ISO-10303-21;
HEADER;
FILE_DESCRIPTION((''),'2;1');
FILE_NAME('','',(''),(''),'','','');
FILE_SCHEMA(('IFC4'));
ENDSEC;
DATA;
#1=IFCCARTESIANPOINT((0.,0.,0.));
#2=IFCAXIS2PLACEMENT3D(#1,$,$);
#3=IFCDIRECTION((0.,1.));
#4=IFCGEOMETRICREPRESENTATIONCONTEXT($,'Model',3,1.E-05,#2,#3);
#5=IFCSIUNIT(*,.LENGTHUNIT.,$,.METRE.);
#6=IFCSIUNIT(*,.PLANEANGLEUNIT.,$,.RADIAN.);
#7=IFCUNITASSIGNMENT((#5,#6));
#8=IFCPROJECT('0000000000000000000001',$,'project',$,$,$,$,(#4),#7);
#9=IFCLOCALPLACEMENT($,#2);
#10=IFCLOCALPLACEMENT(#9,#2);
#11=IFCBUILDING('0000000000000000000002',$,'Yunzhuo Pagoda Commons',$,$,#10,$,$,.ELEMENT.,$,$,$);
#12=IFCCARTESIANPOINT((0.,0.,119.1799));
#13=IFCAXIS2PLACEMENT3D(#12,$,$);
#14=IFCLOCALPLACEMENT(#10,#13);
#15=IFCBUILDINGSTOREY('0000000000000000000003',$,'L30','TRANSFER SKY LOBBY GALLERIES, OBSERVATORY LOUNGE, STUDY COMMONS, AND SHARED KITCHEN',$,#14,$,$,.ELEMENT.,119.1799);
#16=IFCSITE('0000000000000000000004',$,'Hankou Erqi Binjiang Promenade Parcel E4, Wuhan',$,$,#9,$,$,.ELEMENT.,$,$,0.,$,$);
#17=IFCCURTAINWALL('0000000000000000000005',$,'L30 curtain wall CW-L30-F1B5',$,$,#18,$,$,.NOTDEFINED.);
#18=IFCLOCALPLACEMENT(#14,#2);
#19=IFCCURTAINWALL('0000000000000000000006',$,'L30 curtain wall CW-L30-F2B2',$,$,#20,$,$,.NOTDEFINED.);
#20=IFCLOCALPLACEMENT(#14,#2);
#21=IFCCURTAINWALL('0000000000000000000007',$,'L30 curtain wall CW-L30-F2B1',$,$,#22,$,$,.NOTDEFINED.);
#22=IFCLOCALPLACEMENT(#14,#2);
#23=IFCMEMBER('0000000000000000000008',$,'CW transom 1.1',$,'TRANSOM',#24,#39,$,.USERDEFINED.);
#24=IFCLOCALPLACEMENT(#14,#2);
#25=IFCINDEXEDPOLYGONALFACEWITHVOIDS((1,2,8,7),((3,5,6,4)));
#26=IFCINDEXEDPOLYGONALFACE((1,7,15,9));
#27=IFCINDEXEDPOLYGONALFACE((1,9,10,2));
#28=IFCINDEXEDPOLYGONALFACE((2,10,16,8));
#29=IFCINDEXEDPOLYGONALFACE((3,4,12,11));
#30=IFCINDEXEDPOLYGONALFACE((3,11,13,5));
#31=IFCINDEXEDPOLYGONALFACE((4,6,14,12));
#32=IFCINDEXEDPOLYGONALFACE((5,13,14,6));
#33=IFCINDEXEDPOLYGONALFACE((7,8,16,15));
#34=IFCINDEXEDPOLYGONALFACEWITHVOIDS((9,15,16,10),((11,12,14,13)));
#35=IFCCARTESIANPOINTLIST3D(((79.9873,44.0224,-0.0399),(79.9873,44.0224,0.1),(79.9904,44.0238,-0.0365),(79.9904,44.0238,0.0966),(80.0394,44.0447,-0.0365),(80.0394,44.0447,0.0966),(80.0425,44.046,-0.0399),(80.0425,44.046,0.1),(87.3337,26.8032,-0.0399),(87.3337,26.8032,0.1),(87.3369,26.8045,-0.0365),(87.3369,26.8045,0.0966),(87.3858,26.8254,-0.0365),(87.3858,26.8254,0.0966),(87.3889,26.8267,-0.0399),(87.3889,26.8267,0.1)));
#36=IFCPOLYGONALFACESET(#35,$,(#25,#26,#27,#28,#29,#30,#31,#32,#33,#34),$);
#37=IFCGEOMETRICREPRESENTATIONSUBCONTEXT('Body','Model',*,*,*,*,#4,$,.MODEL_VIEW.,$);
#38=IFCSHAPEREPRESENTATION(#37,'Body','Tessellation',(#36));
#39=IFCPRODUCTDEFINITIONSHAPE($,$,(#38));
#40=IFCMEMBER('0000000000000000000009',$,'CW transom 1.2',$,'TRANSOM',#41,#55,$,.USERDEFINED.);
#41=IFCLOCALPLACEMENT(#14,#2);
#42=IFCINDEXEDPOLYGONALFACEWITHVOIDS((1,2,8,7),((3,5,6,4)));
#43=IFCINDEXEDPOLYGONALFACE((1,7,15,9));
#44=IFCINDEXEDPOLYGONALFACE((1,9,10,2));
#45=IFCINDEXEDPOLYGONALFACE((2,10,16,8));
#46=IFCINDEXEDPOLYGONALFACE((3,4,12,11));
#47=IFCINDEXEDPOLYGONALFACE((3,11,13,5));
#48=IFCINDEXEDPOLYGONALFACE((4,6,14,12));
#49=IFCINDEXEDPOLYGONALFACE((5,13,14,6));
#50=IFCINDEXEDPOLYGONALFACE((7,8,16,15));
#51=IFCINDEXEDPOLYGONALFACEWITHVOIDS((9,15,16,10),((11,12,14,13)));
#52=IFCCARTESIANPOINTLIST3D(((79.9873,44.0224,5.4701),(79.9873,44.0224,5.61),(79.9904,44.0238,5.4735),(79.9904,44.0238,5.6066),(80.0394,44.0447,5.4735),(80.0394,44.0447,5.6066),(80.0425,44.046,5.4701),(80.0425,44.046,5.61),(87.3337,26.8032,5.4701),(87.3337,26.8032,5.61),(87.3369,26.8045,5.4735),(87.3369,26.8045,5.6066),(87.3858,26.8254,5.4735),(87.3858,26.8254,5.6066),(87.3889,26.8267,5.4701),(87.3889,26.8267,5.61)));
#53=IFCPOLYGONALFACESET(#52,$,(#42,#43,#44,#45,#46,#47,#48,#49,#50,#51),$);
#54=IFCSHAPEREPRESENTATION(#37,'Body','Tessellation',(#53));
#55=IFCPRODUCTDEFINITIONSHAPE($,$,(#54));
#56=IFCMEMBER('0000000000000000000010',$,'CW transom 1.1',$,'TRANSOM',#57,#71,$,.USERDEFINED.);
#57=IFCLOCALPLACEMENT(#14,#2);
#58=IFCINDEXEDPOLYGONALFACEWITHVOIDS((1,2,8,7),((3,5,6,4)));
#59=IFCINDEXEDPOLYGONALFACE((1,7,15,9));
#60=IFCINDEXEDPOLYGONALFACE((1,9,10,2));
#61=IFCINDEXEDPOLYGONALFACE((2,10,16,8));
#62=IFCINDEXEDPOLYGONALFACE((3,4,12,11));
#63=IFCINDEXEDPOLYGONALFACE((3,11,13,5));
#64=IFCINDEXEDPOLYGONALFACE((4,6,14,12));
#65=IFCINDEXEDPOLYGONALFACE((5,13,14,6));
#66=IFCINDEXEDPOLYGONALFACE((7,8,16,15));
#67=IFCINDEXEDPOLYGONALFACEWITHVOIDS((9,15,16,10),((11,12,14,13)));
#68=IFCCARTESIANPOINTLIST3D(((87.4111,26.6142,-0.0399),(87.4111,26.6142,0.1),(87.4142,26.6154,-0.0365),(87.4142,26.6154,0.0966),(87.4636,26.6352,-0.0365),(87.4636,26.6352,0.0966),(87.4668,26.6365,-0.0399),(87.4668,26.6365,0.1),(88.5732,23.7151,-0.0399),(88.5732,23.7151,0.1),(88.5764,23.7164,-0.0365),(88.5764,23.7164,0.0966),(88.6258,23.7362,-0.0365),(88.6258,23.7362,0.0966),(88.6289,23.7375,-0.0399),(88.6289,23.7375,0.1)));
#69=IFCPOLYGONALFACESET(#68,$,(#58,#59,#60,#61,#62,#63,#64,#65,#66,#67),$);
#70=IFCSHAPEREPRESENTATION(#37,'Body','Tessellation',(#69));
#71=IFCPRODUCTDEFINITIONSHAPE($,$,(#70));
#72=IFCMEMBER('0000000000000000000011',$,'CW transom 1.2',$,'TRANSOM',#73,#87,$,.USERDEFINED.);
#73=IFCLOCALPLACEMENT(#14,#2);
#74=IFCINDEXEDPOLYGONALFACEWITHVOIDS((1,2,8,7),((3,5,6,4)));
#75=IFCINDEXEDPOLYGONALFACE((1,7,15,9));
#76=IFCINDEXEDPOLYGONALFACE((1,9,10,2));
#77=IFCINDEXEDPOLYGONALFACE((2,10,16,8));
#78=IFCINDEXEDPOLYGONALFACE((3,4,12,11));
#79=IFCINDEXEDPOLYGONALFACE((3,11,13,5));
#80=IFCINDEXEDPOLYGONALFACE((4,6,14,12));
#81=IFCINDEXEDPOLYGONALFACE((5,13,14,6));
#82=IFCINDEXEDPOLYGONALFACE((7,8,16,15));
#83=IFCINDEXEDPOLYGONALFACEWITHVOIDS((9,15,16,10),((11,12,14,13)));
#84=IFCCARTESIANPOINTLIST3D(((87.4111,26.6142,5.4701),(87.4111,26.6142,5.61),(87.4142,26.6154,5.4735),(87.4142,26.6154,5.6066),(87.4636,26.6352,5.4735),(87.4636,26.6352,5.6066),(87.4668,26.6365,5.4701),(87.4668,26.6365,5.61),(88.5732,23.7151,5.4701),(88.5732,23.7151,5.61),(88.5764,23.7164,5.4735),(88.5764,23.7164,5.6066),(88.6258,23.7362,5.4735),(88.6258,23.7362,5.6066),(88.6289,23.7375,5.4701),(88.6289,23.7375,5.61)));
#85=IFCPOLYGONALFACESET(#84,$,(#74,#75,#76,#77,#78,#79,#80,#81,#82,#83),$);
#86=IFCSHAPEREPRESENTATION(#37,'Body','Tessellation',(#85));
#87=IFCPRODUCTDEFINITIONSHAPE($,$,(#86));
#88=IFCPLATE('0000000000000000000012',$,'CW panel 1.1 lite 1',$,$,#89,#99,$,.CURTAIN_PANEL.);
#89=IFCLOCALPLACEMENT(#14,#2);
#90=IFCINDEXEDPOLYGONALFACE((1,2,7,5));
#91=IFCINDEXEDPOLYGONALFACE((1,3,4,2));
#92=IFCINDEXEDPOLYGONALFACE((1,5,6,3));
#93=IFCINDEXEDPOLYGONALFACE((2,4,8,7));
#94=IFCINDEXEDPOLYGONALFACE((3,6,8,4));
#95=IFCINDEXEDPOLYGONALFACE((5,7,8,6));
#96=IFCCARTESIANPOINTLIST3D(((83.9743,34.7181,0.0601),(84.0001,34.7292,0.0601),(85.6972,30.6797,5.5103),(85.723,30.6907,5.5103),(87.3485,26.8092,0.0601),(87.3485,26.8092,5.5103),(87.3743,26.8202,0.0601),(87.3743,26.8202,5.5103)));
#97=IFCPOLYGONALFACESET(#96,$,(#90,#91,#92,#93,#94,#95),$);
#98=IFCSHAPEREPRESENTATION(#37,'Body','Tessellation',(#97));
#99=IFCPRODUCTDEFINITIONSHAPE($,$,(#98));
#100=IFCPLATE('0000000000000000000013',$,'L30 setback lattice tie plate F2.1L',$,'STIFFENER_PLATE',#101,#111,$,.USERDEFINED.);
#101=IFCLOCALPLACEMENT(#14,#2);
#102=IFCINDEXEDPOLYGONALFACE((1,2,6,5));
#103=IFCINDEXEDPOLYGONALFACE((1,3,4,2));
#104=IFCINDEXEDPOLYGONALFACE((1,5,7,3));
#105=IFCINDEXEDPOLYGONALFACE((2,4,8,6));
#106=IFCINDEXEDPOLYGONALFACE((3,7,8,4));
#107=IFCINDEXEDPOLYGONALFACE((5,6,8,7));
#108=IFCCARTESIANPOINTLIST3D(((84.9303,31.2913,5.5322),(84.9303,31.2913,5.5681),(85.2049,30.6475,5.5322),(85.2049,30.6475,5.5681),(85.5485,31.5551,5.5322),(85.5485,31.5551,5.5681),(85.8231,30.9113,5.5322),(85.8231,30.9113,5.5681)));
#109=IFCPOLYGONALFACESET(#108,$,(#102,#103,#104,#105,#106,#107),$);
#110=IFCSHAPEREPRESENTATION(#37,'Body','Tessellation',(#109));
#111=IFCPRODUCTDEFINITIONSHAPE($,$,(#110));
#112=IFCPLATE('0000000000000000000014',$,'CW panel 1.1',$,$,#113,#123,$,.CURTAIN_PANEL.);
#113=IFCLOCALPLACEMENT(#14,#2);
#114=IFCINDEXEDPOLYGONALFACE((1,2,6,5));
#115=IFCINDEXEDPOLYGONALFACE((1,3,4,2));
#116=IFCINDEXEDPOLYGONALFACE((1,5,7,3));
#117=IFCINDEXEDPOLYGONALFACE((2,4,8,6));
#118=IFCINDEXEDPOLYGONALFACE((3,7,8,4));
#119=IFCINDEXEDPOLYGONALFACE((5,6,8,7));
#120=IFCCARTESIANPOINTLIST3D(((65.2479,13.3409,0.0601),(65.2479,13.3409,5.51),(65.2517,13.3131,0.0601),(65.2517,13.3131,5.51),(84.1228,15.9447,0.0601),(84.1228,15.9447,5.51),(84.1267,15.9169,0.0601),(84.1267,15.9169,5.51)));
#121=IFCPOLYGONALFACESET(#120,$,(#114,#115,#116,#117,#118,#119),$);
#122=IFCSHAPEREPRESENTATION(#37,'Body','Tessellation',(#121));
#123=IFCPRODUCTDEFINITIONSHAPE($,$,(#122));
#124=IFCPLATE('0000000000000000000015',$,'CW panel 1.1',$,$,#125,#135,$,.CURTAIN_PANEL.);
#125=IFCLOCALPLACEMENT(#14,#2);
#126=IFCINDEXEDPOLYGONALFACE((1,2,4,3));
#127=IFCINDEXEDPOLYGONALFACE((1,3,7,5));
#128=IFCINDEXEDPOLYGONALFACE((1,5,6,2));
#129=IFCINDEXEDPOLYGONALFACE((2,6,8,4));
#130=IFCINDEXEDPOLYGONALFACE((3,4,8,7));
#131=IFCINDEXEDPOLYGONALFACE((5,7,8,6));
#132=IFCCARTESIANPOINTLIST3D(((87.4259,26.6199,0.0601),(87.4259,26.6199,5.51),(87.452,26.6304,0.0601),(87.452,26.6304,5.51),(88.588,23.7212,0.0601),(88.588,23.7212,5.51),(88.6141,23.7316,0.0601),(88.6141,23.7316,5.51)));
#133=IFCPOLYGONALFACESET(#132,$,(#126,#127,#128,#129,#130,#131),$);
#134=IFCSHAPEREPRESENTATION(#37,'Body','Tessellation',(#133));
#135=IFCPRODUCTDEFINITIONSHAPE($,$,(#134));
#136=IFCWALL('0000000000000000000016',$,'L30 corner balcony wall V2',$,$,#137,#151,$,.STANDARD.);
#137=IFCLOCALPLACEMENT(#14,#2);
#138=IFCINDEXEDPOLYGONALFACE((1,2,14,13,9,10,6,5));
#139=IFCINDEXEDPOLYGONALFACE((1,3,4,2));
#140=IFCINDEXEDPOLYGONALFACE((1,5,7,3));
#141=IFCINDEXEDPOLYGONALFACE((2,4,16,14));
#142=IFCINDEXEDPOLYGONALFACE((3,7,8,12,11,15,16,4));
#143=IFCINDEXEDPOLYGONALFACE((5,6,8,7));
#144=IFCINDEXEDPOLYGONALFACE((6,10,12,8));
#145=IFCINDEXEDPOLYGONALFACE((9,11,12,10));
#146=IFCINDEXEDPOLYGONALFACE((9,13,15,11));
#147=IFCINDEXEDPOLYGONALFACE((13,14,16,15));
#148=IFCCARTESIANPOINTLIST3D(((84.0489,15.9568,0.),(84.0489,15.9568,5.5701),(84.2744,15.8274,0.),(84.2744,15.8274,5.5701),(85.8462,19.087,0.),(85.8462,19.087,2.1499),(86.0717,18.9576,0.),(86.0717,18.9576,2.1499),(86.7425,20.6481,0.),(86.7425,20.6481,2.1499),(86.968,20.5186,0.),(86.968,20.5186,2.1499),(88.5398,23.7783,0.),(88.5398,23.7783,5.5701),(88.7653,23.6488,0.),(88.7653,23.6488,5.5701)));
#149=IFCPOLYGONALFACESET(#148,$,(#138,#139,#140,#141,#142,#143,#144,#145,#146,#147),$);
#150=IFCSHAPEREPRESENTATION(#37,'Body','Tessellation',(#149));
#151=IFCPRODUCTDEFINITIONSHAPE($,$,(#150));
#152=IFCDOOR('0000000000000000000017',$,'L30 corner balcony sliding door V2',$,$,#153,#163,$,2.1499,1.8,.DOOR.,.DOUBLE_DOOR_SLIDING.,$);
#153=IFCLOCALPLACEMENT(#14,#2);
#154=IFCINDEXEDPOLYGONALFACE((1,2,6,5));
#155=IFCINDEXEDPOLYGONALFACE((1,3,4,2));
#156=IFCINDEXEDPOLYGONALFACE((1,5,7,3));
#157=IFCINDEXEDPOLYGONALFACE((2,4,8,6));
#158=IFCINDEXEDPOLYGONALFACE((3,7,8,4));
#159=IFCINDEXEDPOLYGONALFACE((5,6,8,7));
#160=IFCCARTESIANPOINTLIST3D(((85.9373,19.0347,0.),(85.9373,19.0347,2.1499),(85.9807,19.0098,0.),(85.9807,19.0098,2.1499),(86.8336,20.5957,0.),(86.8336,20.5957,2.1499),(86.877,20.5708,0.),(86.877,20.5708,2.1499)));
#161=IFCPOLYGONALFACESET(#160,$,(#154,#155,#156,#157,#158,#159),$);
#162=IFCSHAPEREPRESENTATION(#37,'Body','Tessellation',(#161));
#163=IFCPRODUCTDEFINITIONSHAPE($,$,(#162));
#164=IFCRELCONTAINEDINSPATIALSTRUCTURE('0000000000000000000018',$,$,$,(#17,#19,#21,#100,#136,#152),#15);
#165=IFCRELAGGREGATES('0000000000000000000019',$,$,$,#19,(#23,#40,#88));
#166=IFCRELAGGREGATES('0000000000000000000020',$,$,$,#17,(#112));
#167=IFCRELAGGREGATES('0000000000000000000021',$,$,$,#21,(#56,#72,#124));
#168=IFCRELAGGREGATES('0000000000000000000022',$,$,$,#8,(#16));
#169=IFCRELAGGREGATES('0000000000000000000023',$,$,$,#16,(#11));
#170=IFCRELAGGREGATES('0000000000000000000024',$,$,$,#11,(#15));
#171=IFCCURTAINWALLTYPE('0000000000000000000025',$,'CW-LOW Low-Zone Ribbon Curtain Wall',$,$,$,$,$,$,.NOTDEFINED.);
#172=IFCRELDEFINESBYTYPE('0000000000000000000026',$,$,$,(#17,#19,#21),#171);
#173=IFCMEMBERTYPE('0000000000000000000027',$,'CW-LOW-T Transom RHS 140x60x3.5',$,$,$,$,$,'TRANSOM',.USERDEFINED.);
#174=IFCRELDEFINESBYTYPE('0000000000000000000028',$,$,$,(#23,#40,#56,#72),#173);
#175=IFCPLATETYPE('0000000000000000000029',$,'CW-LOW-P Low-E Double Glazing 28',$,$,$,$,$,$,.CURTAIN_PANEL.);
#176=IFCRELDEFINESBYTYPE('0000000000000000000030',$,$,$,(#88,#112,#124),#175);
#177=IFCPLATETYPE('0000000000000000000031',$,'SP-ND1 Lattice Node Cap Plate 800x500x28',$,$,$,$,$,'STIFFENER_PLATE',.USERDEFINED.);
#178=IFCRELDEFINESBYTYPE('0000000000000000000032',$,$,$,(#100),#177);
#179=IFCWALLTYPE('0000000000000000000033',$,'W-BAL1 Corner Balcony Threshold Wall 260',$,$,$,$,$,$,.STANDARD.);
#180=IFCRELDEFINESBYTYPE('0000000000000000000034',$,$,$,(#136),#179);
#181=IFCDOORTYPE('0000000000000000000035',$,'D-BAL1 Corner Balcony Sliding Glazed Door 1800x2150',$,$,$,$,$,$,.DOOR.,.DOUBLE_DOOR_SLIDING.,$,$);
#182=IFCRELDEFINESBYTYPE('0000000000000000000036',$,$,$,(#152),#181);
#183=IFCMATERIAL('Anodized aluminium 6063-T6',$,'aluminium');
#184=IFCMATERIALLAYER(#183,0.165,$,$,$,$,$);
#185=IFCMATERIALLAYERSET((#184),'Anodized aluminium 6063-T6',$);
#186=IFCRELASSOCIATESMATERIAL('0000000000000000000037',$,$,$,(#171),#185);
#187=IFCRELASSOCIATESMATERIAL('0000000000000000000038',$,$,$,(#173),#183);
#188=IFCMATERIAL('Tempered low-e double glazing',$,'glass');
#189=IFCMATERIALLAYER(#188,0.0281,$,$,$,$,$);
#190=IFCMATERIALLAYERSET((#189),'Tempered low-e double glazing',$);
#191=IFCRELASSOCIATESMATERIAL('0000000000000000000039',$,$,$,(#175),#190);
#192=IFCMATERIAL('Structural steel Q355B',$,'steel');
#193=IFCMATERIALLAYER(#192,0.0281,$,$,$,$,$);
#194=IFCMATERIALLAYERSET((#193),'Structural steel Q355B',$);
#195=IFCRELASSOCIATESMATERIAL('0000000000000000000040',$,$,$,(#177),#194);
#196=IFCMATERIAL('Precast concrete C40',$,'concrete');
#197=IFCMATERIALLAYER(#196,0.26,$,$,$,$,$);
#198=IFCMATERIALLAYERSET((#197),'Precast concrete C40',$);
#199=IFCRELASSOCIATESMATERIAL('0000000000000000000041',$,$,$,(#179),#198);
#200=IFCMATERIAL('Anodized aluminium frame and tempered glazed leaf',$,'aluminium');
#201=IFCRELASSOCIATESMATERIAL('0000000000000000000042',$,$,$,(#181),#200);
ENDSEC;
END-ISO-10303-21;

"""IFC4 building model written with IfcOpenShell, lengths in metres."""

from ifc_helpers import new_model, si_unit, direction, frame, frame_2d, origin, origin_with_axes, origin_2d, place, context, subcontext, project, spatial, polyline, rectangle, hollow_rectangle, outline, extrude, source, transform, mapped, material, layer, layer_set, material_profile, profile_set, type_object, element, fill, aggregate, save


model = new_model("IFC4")

# Units and contexts
model_context = context("Model", 3, precision=1e-05, world=origin(), true_north=direction((0.0, 1.0)))
body_context = subcontext(model_context, "Body", "Model", "MODEL_VIEW")
ifc_project = project(units=[si_unit("LENGTHUNIT", "METRE"), si_unit("PLANEANGLEUNIT", "RADIAN")], contexts=[model_context])

# Site, building, storey
site_placement = place(None, origin())
site = spatial("IfcSite", under=ifc_project, at=site_placement, Name="Hankou Erqi Binjiang Promenade Parcel E4, Wuhan", CompositionType="ELEMENT", RefElevation=0.0)
building_placement = place(site_placement, origin())
building = spatial("IfcBuilding", under=site, at=building_placement, Name="Yunzhuo Pagoda Commons", CompositionType="ELEMENT")
storey_placement = place(building_placement, frame((0.0, 0.0, 119.1799)))
storey = spatial("IfcBuildingStorey", under=building, at=storey_placement, Name="L30", Description="TRANSFER SKY LOBBY GALLERIES, OBSERVATORY LOUNGE, STUDY COMMONS, AND SHARED KITCHEN", CompositionType="ELEMENT", Elevation=119.1799)

# Shared definitions
ifc_material_1 = material(Name="Structural steel Q355B", Category="steel")

# Curtain walls
ifc_material_2 = material(Name="Anodized aluminium 6063-T6", Category="aluminium")
ifc_layer_1 = layer(ifc_material_2, 0.165)
ifc_layer_set_1 = layer_set([ifc_layer_1], Name="Anodized aluminium 6063-T6")
curtain_wall_type = type_object("IfcCurtainWallType", Name="CW-LOW Low-Zone Ribbon Curtain Wall", PredefinedType="NOTDEFINED", material=ifc_layer_set_1)
curtain_wall_1_placement = place(storey_placement, origin())
curtain_wall_1 = element("IfcCurtainWall", 1, at=curtain_wall_1_placement, inside=storey, type_object=curtain_wall_type, Name="L30 curtain wall CW-L30-F1B5", PredefinedType="NOTDEFINED")
curtain_wall_2_placement = place(storey_placement, origin())
curtain_wall_2 = element("IfcCurtainWall", 2, at=curtain_wall_2_placement, inside=storey, type_object=curtain_wall_type, Name="L30 curtain wall CW-L30-F2B2", PredefinedType="NOTDEFINED")

# Curtain wall
curtain_wall_3_placement = place(storey_placement, origin())
curtain_wall_3 = element("IfcCurtainWall", 3, at=curtain_wall_3_placement, inside=storey, type_object=curtain_wall_type, Name="L30 curtain wall CW-L30-F2B1", PredefinedType="NOTDEFINED")

# Members
ifc_material_profile_1 = material_profile(ifc_material_2, hollow_rectangle(XDim=0.0601, YDim=0.1399, WallThickness=0.0034, at=origin_2d()), Name="Anodized aluminium 6063-T6")
ifc_profile_set_1 = profile_set([ifc_material_profile_1], Name="Anodized aluminium 6063-T6")
member_type_1 = type_object("IfcMemberType", Name="CW-LOW-T Transom RHS 140x60x3.5", ElementType="TRANSOM", PredefinedType="USERDEFINED", material=ifc_profile_set_1)
shared_shape_1 = source(origin(), body_context, "Body", "SweptSolid", [
    extrude(hollow_rectangle(XDim=0.0601, YDim=0.1399, WallThickness=0.0034, at=origin_2d()), origin(), (0.0, 0.0, 1.0), 18.7209),
])
member_1_placement = place(storey_placement, frame((87.3613, 26.8149, 0.03), z_axis=(-0.392419, 0.919787, 0.0), x_axis=(-0.919787, -0.392419, 0.0)))
member_1 = element("IfcMember", 4, at=member_1_placement, type_object=member_type_1, Name="CW transom 1.1", ObjectType="TRANSOM", PredefinedType="USERDEFINED", context=body_context, shape_type="MappedRepresentation", body=[
    mapped(shared_shape_1, transform((0.0, 0.0, 0.0), scale=1.0)),
])
member_2_placement = place(storey_placement, frame((87.3613, 26.8149, 5.54), z_axis=(-0.392419, 0.919787, 0.0), x_axis=(-0.919787, -0.392419, 0.0)))
member_2 = element("IfcMember", 5, at=member_2_placement, type_object=member_type_1, Name="CW transom 1.2", ObjectType="TRANSOM", PredefinedType="USERDEFINED", context=body_context, shape_type="MappedRepresentation", body=[
    mapped(shared_shape_1, transform((0.0, 0.0, 0.0), scale=1.0)),
])
shared_shape_2 = source(origin(), body_context, "Body", "SweptSolid", [
    extrude(hollow_rectangle(XDim=0.0601, YDim=0.1399, WallThickness=0.0034, at=origin_2d()), origin(), (0.0, 0.0, 1.0), 3.1233),
])
member_3_placement = place(storey_placement, frame((88.6011, 23.7263, 0.03), z_axis=(-0.372091, 0.928196, 0.0), x_axis=(-0.928196, -0.372091, 0.0)))
member_3 = element("IfcMember", 6, at=member_3_placement, type_object=member_type_1, Name="CW transom 1.1", ObjectType="TRANSOM", PredefinedType="USERDEFINED", context=body_context, shape_type="MappedRepresentation", body=[
    mapped(shared_shape_2, transform((0.0, 0.0, 0.0), scale=1.0)),
])
member_4_placement = place(storey_placement, frame((88.6011, 23.7263, 5.54), z_axis=(-0.372091, 0.928196, 0.0), x_axis=(-0.928196, -0.372091, 0.0)))
member_4 = element("IfcMember", 7, at=member_4_placement, type_object=member_type_1, Name="CW transom 1.2", ObjectType="TRANSOM", PredefinedType="USERDEFINED", context=body_context, shape_type="MappedRepresentation", body=[
    mapped(shared_shape_2, transform((0.0, 0.0, 0.0), scale=1.0)),
])

# Plates
ifc_material_3 = material(Name="Tempered low-e double glazing", Category="glass")
ifc_layer_2 = layer(ifc_material_3, 0.0281)
ifc_layer_set_2 = layer_set([ifc_layer_2], Name="Tempered low-e double glazing")
plate_type_1 = type_object("IfcPlateType", Name="CW-LOW-P Low-E Double Glazing 28", PredefinedType="CURTAIN_PANEL", material=ifc_layer_set_2)
plate_1_placement = place(storey_placement, frame((85.6614, 30.7637, 2.7852), z_axis=(0.919788, 0.392415, 0.0), x_axis=(-0.392415, 0.919788, 0.0)))
plate_1 = element("IfcPlate", 8, at=plate_1_placement, type_object=plate_type_1, Name="CW panel 1.1 lite 1", PredefinedType="CURTAIN_PANEL", context=body_context, shape_type="SweptSolid", body=[
    extrude(outline(polyline([(-4.2993, -2.7251), (4.2993, -2.7251), (-0.0913, 2.7251), (-4.2993, 2.7251), (-4.2993, -2.7251)])), origin(), (0.0, 0.0, 1.0), 0.0281),
])
aggregate(curtain_wall_2, [member_1, member_2, plate_1])
ifc_layer_3 = layer(ifc_material_1, 0.0281)
ifc_layer_set_3 = layer_set([ifc_layer_3], Name="Structural steel Q355B")
plate_type_2 = type_object("IfcPlateType", Name="SP-ND1 Lattice Node Cap Plate 800x500x28", ElementType="STIFFENER_PLATE", PredefinedType="USERDEFINED", material=ifc_layer_set_3)
shared_shape_3 = source(origin(), body_context, "Body", "SweptSolid", [
    extrude(rectangle(XDim=0.7, YDim=0.6721, at=origin_2d()), origin(), (0.0, 0.0, 1.0), 0.0359),
])
plate_2_placement = place(storey_placement, frame((85.3767, 31.1013, 5.5322), z_axis=(0.0, 0.0, 1.0), x_axis=(-0.392417, 0.919787, 0.0)))
element("IfcPlate", 9, at=plate_2_placement, inside=storey, type_object=plate_type_2, Name="L30 setback lattice tie plate F2.1L", ObjectType="STIFFENER_PLATE", PredefinedType="USERDEFINED", context=body_context, shape_type="MappedRepresentation", body=[
    mapped(shared_shape_3, transform((0.0, 0.0, 0.0), scale=1.0)),
])
shared_shape_4 = source(origin(), body_context, "Body", "SweptSolid", [
    extrude(rectangle(XDim=19.0537, YDim=0.0281, at=origin_2d()), origin(), (0.0, 0.0, 1.0), 5.45),
])
plate_3_placement = place(storey_placement, frame((74.6873, 14.6289, 0.0601), z_axis=(0.0, 0.0, 1.0), x_axis=(0.990618, 0.136657, 0.0)))
plate_3 = element("IfcPlate", 10, at=plate_3_placement, type_object=plate_type_1, Name="CW panel 1.1", PredefinedType="CURTAIN_PANEL", context=body_context, shape_type="MappedRepresentation", body=[
    mapped(shared_shape_4, transform((0.0, 0.0, 0.0), scale=1.0)),
])
aggregate(curtain_wall_1, [plate_3])
shared_shape_5 = source(origin(), body_context, "Body", "SweptSolid", [
    extrude(rectangle(XDim=3.123, YDim=0.0281, at=origin_2d()), origin(), (0.0, 0.0, 1.0), 5.45),
])
plate_4_placement = place(storey_placement, frame((88.02, 25.1758, 0.0601), z_axis=(0.0, 0.0, 1.0), x_axis=(-0.372106, 0.92819, 0.0)))
plate_4 = element("IfcPlate", 11, at=plate_4_placement, type_object=plate_type_1, Name="CW panel 1.1", PredefinedType="CURTAIN_PANEL", context=body_context, shape_type="MappedRepresentation", body=[
    mapped(shared_shape_5, transform((0.0, 0.0, 0.0), scale=1.0)),
])
aggregate(curtain_wall_3, [member_3, member_4, plate_4])

# Wall, opening, door
ifc_material_4 = material(Name="Precast concrete C40", Category="concrete")
ifc_layer_4 = layer(ifc_material_4, 0.26)
ifc_layer_set_4 = layer_set([ifc_layer_4], Name="Precast concrete C40")
wall_type = type_object("IfcWallType", Name="W-BAL1 Corner Balcony Threshold Wall 260", PredefinedType="STANDARD", material=ifc_layer_set_4)
wall_placement = place(storey_placement, frame((84.1616, 15.8921, 0.0), z_axis=(0.0, 0.0, 1.0), x_axis=(0.497937, 0.867213, 0.0)))
wall = element("IfcWall", 12, at=wall_placement, inside=storey, type_object=wall_type, Name="L30 corner balcony wall V2", PredefinedType="STANDARD", context=body_context, shape_type="SweptSolid", body=[
    extrude(rectangle(XDim=9.019, YDim=0.26, at=frame_2d((4.5095, 0.0))), origin(), (0.0, 0.0, 1.0), 5.5701),
])
opening_placement = place(wall_placement, frame((3.6096, 0.0, 0.0)))
opening = element("IfcOpeningElement", 13, at=opening_placement, cuts=wall, PredefinedType="OPENING", context=body_context, shape_type="SweptSolid", body=[
    extrude(rectangle(XDim=1.8, YDim=2.1499, at=frame_2d((0.8999, 1.075))), frame((0.0, 0.1401, 0.0), z_axis=(0.0, -1.0, 0.0), x_axis=(1.0, 0.0, 0.0)), (0.0, 0.0, 1.0), 0.28),
])
ifc_material_5 = material(Name="Anodized aluminium frame and tempered glazed leaf", Category="aluminium")
door_type = type_object("IfcDoorType", Name="D-BAL1 Corner Balcony Sliding Glazed Door 1800x2150", OperationType="DOUBLE_DOOR_SLIDING", PredefinedType="DOOR", material=ifc_material_5)
shared_shape_6 = source(origin(), body_context, "Body", "SweptSolid", [
    extrude(rectangle(XDim=1.8, YDim=2.1499, at=frame_2d((0.8999, 1.075))), frame((0.0, 0.0249, 0.0), z_axis=(0.0, -1.0, 0.0), x_axis=(1.0, 0.0, 0.0)), (0.0, 0.0, 1.0), 0.05),
])
door_placement = place(opening_placement, origin_with_axes())
door = element("IfcDoor", 14, at=door_placement, inside=storey, type_object=door_type, Name="L30 corner balcony sliding door V2", OperationType="DOUBLE_DOOR_SLIDING", OverallHeight=2.1499, OverallWidth=1.8, PredefinedType="DOOR", context=body_context, shape_type="MappedRepresentation", body=[
    mapped(shared_shape_6, transform((0.0, 0.0, 0.0), scale=1.0)),
])
fill(opening, door)

save(model, "model.ifc")
